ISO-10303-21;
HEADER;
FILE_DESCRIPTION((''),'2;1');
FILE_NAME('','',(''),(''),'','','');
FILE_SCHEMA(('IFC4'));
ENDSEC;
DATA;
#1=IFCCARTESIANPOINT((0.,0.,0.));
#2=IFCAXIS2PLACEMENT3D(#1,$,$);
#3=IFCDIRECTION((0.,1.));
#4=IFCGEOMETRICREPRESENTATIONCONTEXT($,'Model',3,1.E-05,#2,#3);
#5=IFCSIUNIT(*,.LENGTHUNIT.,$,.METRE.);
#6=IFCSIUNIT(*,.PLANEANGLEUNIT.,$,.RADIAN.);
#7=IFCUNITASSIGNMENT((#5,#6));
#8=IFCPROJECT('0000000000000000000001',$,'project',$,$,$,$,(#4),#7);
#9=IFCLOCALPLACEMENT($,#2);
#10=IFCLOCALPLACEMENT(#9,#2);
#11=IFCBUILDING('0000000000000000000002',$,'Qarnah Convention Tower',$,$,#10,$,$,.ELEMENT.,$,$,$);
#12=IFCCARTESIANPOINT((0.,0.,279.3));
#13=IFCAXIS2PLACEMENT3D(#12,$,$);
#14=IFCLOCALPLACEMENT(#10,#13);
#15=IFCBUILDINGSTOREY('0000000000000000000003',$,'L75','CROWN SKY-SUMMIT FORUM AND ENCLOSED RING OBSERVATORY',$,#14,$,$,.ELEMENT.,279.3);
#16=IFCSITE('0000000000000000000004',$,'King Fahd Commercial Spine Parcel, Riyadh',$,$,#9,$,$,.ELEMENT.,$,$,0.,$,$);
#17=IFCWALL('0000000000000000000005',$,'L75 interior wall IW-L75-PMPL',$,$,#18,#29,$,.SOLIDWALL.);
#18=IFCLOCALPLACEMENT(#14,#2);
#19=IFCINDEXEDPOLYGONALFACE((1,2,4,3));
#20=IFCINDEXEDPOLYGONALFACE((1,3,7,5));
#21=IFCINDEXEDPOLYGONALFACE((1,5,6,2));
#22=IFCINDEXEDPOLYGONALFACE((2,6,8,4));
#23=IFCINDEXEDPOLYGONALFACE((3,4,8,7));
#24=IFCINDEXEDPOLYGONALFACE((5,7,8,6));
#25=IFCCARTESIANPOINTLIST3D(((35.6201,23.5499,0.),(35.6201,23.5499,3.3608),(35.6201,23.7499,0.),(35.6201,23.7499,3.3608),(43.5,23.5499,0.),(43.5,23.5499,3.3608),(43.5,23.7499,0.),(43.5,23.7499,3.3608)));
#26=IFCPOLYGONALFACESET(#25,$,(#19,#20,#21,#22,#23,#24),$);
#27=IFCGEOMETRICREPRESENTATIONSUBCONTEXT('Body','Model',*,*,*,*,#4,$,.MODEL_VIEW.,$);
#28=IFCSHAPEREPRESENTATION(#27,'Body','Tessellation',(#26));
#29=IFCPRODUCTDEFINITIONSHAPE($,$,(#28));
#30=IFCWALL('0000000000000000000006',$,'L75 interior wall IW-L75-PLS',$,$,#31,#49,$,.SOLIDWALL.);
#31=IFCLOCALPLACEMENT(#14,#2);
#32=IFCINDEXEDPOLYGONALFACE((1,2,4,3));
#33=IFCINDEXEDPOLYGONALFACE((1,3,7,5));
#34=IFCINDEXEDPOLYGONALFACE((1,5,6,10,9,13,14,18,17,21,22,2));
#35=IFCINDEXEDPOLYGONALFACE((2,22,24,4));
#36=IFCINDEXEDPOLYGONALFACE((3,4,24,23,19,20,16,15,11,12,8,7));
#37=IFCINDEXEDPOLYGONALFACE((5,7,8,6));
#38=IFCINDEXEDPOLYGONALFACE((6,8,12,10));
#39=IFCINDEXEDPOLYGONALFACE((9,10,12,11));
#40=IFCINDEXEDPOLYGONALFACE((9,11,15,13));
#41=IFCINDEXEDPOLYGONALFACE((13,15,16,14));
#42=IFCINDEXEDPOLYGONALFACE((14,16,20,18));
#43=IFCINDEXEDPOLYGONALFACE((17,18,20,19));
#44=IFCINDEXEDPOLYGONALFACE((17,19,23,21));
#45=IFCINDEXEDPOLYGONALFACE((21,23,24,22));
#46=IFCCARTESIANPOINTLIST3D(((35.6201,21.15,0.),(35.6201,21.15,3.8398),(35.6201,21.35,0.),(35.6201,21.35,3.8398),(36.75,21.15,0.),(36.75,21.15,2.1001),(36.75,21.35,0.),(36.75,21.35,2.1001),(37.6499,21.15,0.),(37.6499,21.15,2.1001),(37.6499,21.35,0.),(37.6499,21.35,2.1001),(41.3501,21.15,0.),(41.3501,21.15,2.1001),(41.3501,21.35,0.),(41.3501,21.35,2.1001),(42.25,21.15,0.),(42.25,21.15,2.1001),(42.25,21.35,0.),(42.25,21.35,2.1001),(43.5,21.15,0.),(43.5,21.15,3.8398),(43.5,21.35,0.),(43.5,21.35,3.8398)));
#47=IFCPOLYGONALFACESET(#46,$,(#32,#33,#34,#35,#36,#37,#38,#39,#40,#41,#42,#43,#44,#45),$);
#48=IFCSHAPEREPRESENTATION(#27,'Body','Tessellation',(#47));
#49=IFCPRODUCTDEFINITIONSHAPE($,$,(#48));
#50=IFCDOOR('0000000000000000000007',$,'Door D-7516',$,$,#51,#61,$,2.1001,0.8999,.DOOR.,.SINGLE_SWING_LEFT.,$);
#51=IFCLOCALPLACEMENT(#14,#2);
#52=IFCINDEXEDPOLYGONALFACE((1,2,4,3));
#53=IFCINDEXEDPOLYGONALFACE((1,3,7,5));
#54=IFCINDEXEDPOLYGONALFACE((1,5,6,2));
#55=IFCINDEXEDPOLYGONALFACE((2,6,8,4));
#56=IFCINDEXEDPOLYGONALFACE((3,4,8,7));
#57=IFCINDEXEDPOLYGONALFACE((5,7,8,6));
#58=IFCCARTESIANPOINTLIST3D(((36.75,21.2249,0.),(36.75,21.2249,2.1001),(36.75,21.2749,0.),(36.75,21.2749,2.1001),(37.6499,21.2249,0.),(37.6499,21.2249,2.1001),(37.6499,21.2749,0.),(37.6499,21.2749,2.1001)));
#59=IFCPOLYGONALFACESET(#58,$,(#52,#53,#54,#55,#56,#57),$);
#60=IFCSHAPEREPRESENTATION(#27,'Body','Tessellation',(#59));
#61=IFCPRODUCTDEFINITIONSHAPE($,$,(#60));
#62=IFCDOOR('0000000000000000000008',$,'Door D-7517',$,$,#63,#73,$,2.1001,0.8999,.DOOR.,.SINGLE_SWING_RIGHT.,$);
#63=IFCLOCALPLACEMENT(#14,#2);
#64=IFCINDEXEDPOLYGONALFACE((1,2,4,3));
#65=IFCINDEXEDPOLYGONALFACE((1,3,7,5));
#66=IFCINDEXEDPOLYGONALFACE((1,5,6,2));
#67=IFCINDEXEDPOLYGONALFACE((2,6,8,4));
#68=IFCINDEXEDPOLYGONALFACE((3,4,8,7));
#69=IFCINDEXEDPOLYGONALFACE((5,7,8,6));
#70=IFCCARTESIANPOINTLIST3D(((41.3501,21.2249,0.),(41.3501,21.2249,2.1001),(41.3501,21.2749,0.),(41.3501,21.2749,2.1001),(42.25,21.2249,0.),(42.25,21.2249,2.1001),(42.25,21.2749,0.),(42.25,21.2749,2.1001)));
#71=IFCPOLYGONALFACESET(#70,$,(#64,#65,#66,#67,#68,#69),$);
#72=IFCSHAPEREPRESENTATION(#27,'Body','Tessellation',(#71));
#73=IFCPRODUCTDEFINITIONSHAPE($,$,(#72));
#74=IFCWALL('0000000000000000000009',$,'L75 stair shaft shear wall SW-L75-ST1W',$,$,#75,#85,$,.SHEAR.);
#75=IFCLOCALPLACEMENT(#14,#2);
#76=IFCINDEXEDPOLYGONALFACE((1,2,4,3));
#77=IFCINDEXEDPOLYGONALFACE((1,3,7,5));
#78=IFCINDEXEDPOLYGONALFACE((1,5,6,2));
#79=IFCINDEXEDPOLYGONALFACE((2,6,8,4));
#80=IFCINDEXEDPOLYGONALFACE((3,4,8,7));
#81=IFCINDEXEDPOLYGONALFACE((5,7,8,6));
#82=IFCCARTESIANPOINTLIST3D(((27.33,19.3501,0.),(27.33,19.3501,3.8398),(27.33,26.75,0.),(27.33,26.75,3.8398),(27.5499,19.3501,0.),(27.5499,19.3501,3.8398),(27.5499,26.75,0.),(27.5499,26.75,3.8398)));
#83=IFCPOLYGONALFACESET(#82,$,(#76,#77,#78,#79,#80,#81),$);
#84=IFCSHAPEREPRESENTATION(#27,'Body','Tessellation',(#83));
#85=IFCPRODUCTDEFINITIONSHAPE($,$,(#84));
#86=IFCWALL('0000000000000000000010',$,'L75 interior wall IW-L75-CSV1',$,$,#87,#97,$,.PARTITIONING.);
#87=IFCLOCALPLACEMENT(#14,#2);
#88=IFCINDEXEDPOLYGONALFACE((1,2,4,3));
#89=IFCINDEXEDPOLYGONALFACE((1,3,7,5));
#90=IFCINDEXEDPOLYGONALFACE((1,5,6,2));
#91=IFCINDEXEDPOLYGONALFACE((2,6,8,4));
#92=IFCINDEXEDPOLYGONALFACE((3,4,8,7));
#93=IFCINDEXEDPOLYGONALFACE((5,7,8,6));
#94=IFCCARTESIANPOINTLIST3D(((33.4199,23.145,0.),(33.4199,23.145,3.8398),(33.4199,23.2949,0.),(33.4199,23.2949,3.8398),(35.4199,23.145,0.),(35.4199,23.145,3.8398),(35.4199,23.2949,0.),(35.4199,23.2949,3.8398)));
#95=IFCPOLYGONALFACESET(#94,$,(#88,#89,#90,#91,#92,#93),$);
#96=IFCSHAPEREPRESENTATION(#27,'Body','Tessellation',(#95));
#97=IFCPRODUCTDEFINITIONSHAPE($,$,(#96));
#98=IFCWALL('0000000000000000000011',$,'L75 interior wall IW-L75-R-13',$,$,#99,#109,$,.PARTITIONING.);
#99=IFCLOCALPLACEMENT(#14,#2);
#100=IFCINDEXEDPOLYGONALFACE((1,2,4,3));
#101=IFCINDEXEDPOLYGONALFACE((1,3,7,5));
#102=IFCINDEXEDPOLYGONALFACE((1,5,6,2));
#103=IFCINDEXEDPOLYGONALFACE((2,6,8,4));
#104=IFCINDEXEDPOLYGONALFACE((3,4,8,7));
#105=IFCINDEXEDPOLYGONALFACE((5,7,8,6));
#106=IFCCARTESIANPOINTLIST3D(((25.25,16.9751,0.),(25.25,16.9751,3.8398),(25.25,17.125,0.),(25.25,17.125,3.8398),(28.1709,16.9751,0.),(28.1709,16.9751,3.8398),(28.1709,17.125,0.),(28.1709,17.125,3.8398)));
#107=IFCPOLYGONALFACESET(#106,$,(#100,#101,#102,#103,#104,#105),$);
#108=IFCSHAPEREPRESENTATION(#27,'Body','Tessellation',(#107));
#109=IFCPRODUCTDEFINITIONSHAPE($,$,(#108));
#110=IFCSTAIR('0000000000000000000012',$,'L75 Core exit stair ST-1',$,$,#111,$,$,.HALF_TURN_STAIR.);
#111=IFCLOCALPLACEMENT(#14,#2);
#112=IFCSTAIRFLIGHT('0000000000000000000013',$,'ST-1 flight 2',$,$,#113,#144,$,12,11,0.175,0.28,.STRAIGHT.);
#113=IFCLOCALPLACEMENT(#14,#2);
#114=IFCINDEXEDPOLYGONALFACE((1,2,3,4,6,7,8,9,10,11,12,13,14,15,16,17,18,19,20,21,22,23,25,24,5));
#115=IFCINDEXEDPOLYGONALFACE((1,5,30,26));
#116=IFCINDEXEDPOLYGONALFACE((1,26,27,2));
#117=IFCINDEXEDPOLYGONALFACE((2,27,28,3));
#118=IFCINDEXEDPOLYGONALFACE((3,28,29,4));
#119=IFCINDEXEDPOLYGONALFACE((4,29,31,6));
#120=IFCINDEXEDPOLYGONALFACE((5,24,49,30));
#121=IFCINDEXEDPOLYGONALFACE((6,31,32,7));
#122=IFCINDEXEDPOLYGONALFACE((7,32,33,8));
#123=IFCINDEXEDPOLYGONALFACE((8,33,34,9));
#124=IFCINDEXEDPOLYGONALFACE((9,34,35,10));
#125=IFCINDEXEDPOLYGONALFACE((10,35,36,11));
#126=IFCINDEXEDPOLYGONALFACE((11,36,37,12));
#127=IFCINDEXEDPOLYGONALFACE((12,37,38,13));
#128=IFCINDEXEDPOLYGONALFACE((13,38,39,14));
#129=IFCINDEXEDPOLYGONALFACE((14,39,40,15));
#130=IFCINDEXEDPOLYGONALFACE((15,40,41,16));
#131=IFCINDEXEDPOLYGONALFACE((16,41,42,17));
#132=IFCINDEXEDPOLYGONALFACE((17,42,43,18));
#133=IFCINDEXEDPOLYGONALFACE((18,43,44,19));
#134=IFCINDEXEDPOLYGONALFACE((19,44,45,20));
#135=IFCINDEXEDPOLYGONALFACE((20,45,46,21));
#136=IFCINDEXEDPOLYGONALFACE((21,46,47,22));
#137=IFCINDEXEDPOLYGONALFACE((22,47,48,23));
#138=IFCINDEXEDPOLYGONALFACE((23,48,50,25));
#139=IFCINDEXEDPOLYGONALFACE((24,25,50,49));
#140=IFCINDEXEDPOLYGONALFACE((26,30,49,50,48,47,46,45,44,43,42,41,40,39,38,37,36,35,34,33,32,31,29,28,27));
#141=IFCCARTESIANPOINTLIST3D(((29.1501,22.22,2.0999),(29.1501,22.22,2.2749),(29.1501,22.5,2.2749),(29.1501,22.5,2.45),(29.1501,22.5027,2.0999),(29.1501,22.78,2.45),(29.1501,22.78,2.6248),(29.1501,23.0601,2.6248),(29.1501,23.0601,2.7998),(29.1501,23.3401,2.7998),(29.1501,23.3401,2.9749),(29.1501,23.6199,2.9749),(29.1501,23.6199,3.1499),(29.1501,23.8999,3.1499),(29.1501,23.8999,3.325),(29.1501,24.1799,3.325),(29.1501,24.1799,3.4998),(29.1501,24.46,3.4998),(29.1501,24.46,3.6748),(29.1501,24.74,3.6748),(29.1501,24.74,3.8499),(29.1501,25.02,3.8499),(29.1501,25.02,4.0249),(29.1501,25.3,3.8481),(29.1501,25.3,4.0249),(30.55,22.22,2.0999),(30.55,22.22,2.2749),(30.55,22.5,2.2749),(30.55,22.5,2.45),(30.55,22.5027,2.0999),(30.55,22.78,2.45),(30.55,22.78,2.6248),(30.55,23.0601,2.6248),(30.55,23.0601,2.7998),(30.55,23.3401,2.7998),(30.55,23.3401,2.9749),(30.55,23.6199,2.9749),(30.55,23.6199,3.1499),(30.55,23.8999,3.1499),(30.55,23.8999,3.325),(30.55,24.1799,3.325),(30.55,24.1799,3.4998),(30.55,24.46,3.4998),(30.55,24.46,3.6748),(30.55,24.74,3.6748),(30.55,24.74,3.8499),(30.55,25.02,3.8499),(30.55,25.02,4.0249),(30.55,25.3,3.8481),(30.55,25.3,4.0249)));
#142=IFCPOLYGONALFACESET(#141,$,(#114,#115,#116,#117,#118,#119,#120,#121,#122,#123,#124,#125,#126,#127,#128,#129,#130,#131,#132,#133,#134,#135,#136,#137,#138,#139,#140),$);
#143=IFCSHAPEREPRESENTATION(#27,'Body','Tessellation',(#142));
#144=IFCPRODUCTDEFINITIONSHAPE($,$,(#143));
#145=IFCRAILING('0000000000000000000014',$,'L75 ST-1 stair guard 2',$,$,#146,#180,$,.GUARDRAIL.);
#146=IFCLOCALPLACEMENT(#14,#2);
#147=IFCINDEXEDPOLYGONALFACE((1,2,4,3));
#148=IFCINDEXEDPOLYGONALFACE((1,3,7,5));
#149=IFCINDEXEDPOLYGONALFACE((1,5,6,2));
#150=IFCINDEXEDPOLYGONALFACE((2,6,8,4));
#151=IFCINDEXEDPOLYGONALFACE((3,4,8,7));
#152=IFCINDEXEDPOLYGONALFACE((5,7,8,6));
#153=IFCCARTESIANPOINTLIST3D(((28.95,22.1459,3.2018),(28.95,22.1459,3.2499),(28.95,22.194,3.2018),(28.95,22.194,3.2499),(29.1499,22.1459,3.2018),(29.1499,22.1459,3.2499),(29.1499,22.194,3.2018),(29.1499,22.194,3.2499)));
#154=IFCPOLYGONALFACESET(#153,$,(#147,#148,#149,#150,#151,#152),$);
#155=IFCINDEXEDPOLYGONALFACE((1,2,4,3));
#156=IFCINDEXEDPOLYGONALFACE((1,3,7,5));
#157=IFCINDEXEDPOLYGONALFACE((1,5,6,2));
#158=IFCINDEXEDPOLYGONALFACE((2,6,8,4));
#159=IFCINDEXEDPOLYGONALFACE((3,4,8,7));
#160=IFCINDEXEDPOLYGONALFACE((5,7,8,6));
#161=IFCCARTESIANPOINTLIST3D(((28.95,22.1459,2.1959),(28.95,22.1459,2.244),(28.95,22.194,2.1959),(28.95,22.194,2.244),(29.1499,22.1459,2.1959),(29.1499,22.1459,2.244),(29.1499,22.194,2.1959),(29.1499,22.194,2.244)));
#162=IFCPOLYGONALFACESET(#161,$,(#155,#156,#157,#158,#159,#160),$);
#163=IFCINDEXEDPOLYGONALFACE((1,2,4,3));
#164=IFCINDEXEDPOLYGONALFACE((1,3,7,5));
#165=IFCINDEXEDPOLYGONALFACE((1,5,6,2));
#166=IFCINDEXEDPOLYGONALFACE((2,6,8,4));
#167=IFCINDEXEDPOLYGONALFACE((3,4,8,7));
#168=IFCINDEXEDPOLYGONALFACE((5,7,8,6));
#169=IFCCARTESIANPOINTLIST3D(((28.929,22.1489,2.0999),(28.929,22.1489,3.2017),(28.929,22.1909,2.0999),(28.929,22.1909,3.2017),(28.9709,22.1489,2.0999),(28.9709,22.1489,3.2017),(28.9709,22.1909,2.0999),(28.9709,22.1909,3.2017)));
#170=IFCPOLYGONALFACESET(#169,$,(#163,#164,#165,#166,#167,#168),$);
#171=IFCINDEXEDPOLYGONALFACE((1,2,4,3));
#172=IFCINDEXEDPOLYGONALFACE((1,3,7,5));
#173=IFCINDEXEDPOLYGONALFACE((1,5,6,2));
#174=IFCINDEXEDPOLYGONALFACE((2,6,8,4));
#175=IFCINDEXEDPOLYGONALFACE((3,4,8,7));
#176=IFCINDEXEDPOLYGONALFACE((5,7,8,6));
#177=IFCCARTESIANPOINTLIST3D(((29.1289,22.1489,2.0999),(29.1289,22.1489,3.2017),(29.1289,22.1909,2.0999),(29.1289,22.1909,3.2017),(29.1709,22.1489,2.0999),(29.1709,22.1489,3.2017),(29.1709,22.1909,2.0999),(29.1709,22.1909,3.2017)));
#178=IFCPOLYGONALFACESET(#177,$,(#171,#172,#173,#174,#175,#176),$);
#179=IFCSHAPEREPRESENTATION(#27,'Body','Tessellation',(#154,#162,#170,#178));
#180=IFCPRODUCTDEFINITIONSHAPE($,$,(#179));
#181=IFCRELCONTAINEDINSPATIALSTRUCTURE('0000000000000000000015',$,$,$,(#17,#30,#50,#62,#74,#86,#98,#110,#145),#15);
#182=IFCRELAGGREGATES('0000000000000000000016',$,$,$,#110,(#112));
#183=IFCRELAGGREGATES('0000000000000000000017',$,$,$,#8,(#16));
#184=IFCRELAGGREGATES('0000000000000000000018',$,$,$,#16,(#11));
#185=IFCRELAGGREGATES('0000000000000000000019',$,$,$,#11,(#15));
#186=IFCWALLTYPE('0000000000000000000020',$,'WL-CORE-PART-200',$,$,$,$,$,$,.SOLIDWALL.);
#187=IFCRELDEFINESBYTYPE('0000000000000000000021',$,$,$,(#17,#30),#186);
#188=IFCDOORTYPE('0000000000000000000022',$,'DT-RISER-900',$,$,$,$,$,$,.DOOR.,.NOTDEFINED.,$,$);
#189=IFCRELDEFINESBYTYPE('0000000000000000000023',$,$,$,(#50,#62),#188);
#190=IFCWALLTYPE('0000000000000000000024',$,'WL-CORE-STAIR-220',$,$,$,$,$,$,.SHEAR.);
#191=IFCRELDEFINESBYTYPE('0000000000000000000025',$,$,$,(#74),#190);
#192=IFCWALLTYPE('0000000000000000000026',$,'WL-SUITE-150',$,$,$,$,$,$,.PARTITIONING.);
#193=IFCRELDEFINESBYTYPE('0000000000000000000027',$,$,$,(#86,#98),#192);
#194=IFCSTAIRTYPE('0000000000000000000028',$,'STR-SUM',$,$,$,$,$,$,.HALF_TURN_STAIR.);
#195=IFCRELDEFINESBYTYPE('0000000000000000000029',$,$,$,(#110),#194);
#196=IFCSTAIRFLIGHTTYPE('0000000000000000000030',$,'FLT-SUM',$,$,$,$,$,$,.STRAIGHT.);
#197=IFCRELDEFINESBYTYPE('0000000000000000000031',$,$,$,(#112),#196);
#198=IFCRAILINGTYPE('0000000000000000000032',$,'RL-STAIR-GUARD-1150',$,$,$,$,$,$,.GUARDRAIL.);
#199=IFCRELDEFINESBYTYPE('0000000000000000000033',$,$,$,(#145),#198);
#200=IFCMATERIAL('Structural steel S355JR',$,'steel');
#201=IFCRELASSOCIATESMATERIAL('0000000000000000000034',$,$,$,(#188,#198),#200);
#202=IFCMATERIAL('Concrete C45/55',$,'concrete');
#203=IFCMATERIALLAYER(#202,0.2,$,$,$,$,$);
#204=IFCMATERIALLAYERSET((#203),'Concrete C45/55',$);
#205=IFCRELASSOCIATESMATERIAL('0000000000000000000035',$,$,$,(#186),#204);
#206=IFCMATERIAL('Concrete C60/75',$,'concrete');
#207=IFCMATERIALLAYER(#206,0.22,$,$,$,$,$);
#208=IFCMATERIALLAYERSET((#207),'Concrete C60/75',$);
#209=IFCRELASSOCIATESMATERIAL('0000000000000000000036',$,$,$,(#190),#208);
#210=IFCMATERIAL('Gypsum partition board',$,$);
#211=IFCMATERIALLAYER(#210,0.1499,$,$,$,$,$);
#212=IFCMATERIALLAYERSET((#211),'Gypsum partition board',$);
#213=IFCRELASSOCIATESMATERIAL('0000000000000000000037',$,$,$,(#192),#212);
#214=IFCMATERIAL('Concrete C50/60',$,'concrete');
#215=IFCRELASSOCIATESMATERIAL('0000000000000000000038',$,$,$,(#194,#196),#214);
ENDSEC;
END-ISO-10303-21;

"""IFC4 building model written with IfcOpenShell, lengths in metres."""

from ifc_helpers import new_model, si_unit, direction, frame, frame_2d, origin, origin_2d, place, context, subcontext, project, spatial, polyline, rectangle, outline, extrude, material, layer, layer_set, type_object, element, fill, aggregate, save


model = new_model("IFC4")

# Units and contexts
model_context = context("Model", 3, precision=1e-05, world=origin(), true_north=direction((0.0, 1.0)))
body_context = subcontext(model_context, "Body", "Model", "MODEL_VIEW")
ifc_project = project(units=[si_unit("LENGTHUNIT", "METRE"), si_unit("PLANEANGLEUNIT", "RADIAN")], contexts=[model_context])

# Site, building, storey
site_placement = place(None, origin())
site = spatial("IfcSite", under=ifc_project, at=site_placement, Name="King Fahd Commercial Spine Parcel, Riyadh", CompositionType="ELEMENT", RefElevation=0.0)
building_placement = place(site_placement, origin())
building = spatial("IfcBuilding", under=site, at=building_placement, Name="Qarnah Convention Tower", CompositionType="ELEMENT")
storey_placement = place(building_placement, frame((0.0, 0.0, 279.3)))
storey = spatial("IfcBuildingStorey", under=building, at=storey_placement, Name="L75", Description="CROWN SKY-SUMMIT FORUM AND ENCLOSED RING OBSERVATORY", CompositionType="ELEMENT", Elevation=279.3)

# Shared definitions
ifc_material_1 = material(Name="Concrete C50/60", Category="concrete")

# Shared definitions
ifc_material_2 = material(Name="Structural steel S355JR", Category="steel")

# Shared definitions
ifc_material_3 = material(Name="Concrete C60/75", Category="concrete")
door_type_1 = type_object("IfcDoorType", Name="DT-RISER-900", OperationType="NOTDEFINED", PredefinedType="DOOR", material=ifc_material_2)
ifc_material_4 = material(Name="Concrete C45/55", Category="concrete")
ifc_layer_1 = layer(ifc_material_4, 0.2)
ifc_layer_set_1 = layer_set([ifc_layer_1], Name="Concrete C45/55")
wall_type_1 = type_object("IfcWallType", Name="WL-CORE-PART-200", PredefinedType="SOLIDWALL", material=ifc_layer_set_1)

# Wall
wall_1_placement = place(storey_placement, frame((35.6201, 23.6499, 0.0), z_axis=(0.0, 0.0, 1.0), x_axis=(1.0, 0.0, 0.0)))
element("IfcWall", 1, at=wall_1_placement, inside=storey, type_object=wall_type_1, Name="L75 interior wall IW-L75-PMPL", PredefinedType="SOLIDWALL", context=body_context, shape_type="SweptSolid", body=[
    extrude(rectangle(XDim=7.8799, YDim=0.2, at=frame_2d((3.9399, 0.0))), origin(), (0.0, 0.0, 1.0), 3.3608),
])

# Wall, openings, doors
wall_2_placement = place(storey_placement, frame((35.6201, 21.25, 0.0), z_axis=(0.0, 0.0, 1.0), x_axis=(1.0, 0.0, 0.0)))
wall_2 = element("IfcWall", 2, at=wall_2_placement, inside=storey, type_object=wall_type_1, Name="L75 interior wall IW-L75-PLS", PredefinedType="SOLIDWALL", context=body_context, shape_type="SweptSolid", body=[
    extrude(rectangle(XDim=7.8799, YDim=0.2, at=frame_2d((3.9399, 0.0))), origin(), (0.0, 0.0, 1.0), 3.8398),
])
opening_1_placement = place(wall_2_placement, frame((1.1299, 0.0, 0.0)))
opening_1 = element("IfcOpeningElement", 3, at=opening_1_placement, cuts=wall_2, PredefinedType="OPENING", context=body_context, shape_type="SweptSolid", body=[
    extrude(rectangle(XDim=0.8999, YDim=2.1001, at=frame_2d((0.45, 1.05))), frame((0.0, 0.1099, 0.0), z_axis=(0.0, -1.0, 0.0), x_axis=(1.0, 0.0, 0.0)), (0.0, 0.0, 1.0), 0.22),
])
opening_2_placement = place(wall_2_placement, frame((5.73, 0.0, 0.0)))
opening_2 = element("IfcOpeningElement", 4, at=opening_2_placement, cuts=wall_2, PredefinedType="OPENING", context=body_context, shape_type="SweptSolid", body=[
    extrude(rectangle(XDim=0.8999, YDim=2.1001, at=frame_2d((0.45, 1.05))), frame((0.0, 0.1099, 0.0), z_axis=(0.0, -1.0, 0.0), x_axis=(1.0, 0.0, 0.0)), (0.0, 0.0, 1.0), 0.22),
])
door_1_placement = place(opening_1_placement, origin())
door_1 = element("IfcDoor", 5, at=door_1_placement, inside=storey, type_object=door_type_1, Name="Door D-7516", OperationType="SINGLE_SWING_LEFT", OverallHeight=2.1001, OverallWidth=0.8999, PredefinedType="DOOR", context=body_context, shape_type="SweptSolid", body=[
    extrude(rectangle(XDim=0.8999, YDim=2.1001, at=frame_2d((0.45, 1.05))), frame((0.0, 0.0249, 0.0), z_axis=(0.0, -1.0, 0.0), x_axis=(1.0, 0.0, 0.0)), (0.0, 0.0, 1.0), 0.05),
])
fill(opening_1, door_1)
door_2_placement = place(opening_2_placement, origin())
door_2 = element("IfcDoor", 6, at=door_2_placement, inside=storey, type_object=door_type_1, Name="Door D-7517", OperationType="SINGLE_SWING_RIGHT", OverallHeight=2.1001, OverallWidth=0.8999, PredefinedType="DOOR", context=body_context, shape_type="SweptSolid", body=[
    extrude(rectangle(XDim=0.8999, YDim=2.1001, at=frame_2d((0.45, 1.05))), frame((0.0, 0.0249, 0.0), z_axis=(0.0, -1.0, 0.0), x_axis=(1.0, 0.0, 0.0)), (0.0, 0.0, 1.0), 0.05),
])
fill(opening_2, door_2)

# Walls
ifc_layer_2 = layer(ifc_material_3, 0.22)
ifc_layer_set_2 = layer_set([ifc_layer_2], Name="Concrete C60/75")
wall_type_2 = type_object("IfcWallType", Name="WL-CORE-STAIR-220", PredefinedType="SHEAR", material=ifc_layer_set_2)
wall_3_placement = place(storey_placement, frame((27.4399, 19.3501, 0.0), z_axis=(0.0, 0.0, 1.0), x_axis=(0.0, 1.0, 0.0)))
element("IfcWall", 7, at=wall_3_placement, inside=storey, type_object=wall_type_2, Name="L75 stair shaft shear wall SW-L75-ST1W", PredefinedType="SHEAR", context=body_context, shape_type="SweptSolid", body=[
    extrude(rectangle(XDim=7.3999, YDim=0.22, at=frame_2d((3.7, 0.0))), origin(), (0.0, 0.0, 1.0), 3.8398),
])
ifc_material_5 = material(Name="Gypsum partition board")
ifc_layer_3 = layer(ifc_material_5, 0.1499)
ifc_layer_set_3 = layer_set([ifc_layer_3], Name="Gypsum partition board")
wall_type_3 = type_object("IfcWallType", Name="WL-SUITE-150", PredefinedType="PARTITIONING", material=ifc_layer_set_3)
wall_4_placement = place(storey_placement, frame((33.4199, 23.22, 0.0), z_axis=(0.0, 0.0, 1.0), x_axis=(1.0, 0.0, 0.0)))
element("IfcWall", 8, at=wall_4_placement, inside=storey, type_object=wall_type_3, Name="L75 interior wall IW-L75-CSV1", PredefinedType="PARTITIONING", context=body_context, shape_type="SweptSolid", body=[
    extrude(rectangle(XDim=2.0, YDim=0.1499, at=frame_2d((1.0, 0.0))), origin(), (0.0, 0.0, 1.0), 3.8398),
])
wall_5_placement = place(storey_placement, frame((28.1709, 17.05, 0.0), z_axis=(0.0, 0.0, 1.0), x_axis=(-1.0, 0.0, 0.0)))
element("IfcWall", 9, at=wall_5_placement, inside=storey, type_object=wall_type_3, Name="L75 interior wall IW-L75-R-13", PredefinedType="PARTITIONING", context=body_context, shape_type="SweptSolid", body=[
    extrude(rectangle(XDim=2.9209, YDim=0.1499, at=frame_2d((1.4604, 0.0))), origin(), (0.0, 0.0, 1.0), 3.8398),
])

# Stair, stair flight
stair_type = type_object("IfcStairType", Name="STR-SUM", PredefinedType="HALF_TURN_STAIR", material=ifc_material_1)
stair_placement = place(storey_placement, origin())
stair = element("IfcStair", 10, at=stair_placement, inside=storey, type_object=stair_type, Name="L75 Core exit stair ST-1", PredefinedType="HALF_TURN_STAIR")
stair_flight_type = type_object("IfcStairFlightType", Name="FLT-SUM", PredefinedType="STRAIGHT", material=ifc_material_1)
stair_flight_placement = place(storey_placement, frame((29.8501, 22.22, 2.0999), z_axis=(0.0, 0.0, 1.0), x_axis=(0.0, 1.0, 0.0)))
stair_flight = element("IfcStairFlight", 11, at=stair_flight_placement, type_object=stair_flight_type, Name="ST-1 flight 2", NumberOfRisers=12, NumberOfTreads=11, PredefinedType="STRAIGHT", RiserHeight=0.175, TreadLength=0.28, context=body_context, shape_type="SweptSolid", body=[
    extrude(outline(polyline([(0.0, 0.0), (0.0, 0.175), (0.28, 0.175), (0.28, 0.3501), (0.5601, 0.3501), (0.5601, 0.5249), (0.8401, 0.5249), (0.8401, 0.7), (1.1201, 0.7), (1.1201, 0.875), (1.3999, 0.875), (1.3999, 1.05), (1.6799, 1.05), (1.6799, 1.2251), (1.96, 1.2251), (1.96, 1.3999), (2.24, 1.3999), (2.24, 1.575), (2.52, 1.575), (2.52, 1.75), (2.8, 1.75), (2.8, 1.925), (3.0801, 1.925), (3.0801, 2.1001), (3.0801, 1.7483), (0.2827, 0.0), (0.0, 0.0)])), frame((0.0, 0.7, 0.0), z_axis=(0.0, -1.0, 0.0), x_axis=(1.0, 0.0, 0.0)), (0.0, 0.0, 1.0), 1.3999),
])
aggregate(stair, [stair_flight])

# Railing
railing_type_1 = type_object("IfcRailingType", Name="RL-STAIR-GUARD-1150", PredefinedType="GUARDRAIL", material=ifc_material_2)
railing_1_placement = place(storey_placement, frame((28.95, 22.1699, 2.0999)))
element("IfcRailing", 12, at=railing_1_placement, inside=storey, type_object=railing_type_1, Name="L75 ST-1 stair guard 2", PredefinedType="GUARDRAIL", context=body_context, shape_type="SweptSolid", body=[
    extrude(rectangle(XDim=0.0481, YDim=0.0481, at=origin_2d()), frame((0.0, 0.0, 1.126), z_axis=(1.0, 0.0, 0.0), x_axis=(0.0, 1.0, 0.0)), (0.0, 0.0, 1.0), 0.2),
    extrude(rectangle(XDim=0.0481, YDim=0.0481, at=origin_2d()), frame((0.0, 0.0, 0.1201), z_axis=(1.0, 0.0, 0.0), x_axis=(0.0, 1.0, 0.0)), (0.0, 0.0, 1.0), 0.2),
    extrude(rectangle(XDim=0.042, YDim=0.042, at=origin_2d()), origin(), (0.0, 0.0, 1.0), 1.1018),
    extrude(rectangle(XDim=0.042, YDim=0.042, at=origin_2d()), frame((0.2, 0.0, 0.0)), (0.0, 0.0, 1.0), 1.1018),
])

save(model, "model.ifc")
